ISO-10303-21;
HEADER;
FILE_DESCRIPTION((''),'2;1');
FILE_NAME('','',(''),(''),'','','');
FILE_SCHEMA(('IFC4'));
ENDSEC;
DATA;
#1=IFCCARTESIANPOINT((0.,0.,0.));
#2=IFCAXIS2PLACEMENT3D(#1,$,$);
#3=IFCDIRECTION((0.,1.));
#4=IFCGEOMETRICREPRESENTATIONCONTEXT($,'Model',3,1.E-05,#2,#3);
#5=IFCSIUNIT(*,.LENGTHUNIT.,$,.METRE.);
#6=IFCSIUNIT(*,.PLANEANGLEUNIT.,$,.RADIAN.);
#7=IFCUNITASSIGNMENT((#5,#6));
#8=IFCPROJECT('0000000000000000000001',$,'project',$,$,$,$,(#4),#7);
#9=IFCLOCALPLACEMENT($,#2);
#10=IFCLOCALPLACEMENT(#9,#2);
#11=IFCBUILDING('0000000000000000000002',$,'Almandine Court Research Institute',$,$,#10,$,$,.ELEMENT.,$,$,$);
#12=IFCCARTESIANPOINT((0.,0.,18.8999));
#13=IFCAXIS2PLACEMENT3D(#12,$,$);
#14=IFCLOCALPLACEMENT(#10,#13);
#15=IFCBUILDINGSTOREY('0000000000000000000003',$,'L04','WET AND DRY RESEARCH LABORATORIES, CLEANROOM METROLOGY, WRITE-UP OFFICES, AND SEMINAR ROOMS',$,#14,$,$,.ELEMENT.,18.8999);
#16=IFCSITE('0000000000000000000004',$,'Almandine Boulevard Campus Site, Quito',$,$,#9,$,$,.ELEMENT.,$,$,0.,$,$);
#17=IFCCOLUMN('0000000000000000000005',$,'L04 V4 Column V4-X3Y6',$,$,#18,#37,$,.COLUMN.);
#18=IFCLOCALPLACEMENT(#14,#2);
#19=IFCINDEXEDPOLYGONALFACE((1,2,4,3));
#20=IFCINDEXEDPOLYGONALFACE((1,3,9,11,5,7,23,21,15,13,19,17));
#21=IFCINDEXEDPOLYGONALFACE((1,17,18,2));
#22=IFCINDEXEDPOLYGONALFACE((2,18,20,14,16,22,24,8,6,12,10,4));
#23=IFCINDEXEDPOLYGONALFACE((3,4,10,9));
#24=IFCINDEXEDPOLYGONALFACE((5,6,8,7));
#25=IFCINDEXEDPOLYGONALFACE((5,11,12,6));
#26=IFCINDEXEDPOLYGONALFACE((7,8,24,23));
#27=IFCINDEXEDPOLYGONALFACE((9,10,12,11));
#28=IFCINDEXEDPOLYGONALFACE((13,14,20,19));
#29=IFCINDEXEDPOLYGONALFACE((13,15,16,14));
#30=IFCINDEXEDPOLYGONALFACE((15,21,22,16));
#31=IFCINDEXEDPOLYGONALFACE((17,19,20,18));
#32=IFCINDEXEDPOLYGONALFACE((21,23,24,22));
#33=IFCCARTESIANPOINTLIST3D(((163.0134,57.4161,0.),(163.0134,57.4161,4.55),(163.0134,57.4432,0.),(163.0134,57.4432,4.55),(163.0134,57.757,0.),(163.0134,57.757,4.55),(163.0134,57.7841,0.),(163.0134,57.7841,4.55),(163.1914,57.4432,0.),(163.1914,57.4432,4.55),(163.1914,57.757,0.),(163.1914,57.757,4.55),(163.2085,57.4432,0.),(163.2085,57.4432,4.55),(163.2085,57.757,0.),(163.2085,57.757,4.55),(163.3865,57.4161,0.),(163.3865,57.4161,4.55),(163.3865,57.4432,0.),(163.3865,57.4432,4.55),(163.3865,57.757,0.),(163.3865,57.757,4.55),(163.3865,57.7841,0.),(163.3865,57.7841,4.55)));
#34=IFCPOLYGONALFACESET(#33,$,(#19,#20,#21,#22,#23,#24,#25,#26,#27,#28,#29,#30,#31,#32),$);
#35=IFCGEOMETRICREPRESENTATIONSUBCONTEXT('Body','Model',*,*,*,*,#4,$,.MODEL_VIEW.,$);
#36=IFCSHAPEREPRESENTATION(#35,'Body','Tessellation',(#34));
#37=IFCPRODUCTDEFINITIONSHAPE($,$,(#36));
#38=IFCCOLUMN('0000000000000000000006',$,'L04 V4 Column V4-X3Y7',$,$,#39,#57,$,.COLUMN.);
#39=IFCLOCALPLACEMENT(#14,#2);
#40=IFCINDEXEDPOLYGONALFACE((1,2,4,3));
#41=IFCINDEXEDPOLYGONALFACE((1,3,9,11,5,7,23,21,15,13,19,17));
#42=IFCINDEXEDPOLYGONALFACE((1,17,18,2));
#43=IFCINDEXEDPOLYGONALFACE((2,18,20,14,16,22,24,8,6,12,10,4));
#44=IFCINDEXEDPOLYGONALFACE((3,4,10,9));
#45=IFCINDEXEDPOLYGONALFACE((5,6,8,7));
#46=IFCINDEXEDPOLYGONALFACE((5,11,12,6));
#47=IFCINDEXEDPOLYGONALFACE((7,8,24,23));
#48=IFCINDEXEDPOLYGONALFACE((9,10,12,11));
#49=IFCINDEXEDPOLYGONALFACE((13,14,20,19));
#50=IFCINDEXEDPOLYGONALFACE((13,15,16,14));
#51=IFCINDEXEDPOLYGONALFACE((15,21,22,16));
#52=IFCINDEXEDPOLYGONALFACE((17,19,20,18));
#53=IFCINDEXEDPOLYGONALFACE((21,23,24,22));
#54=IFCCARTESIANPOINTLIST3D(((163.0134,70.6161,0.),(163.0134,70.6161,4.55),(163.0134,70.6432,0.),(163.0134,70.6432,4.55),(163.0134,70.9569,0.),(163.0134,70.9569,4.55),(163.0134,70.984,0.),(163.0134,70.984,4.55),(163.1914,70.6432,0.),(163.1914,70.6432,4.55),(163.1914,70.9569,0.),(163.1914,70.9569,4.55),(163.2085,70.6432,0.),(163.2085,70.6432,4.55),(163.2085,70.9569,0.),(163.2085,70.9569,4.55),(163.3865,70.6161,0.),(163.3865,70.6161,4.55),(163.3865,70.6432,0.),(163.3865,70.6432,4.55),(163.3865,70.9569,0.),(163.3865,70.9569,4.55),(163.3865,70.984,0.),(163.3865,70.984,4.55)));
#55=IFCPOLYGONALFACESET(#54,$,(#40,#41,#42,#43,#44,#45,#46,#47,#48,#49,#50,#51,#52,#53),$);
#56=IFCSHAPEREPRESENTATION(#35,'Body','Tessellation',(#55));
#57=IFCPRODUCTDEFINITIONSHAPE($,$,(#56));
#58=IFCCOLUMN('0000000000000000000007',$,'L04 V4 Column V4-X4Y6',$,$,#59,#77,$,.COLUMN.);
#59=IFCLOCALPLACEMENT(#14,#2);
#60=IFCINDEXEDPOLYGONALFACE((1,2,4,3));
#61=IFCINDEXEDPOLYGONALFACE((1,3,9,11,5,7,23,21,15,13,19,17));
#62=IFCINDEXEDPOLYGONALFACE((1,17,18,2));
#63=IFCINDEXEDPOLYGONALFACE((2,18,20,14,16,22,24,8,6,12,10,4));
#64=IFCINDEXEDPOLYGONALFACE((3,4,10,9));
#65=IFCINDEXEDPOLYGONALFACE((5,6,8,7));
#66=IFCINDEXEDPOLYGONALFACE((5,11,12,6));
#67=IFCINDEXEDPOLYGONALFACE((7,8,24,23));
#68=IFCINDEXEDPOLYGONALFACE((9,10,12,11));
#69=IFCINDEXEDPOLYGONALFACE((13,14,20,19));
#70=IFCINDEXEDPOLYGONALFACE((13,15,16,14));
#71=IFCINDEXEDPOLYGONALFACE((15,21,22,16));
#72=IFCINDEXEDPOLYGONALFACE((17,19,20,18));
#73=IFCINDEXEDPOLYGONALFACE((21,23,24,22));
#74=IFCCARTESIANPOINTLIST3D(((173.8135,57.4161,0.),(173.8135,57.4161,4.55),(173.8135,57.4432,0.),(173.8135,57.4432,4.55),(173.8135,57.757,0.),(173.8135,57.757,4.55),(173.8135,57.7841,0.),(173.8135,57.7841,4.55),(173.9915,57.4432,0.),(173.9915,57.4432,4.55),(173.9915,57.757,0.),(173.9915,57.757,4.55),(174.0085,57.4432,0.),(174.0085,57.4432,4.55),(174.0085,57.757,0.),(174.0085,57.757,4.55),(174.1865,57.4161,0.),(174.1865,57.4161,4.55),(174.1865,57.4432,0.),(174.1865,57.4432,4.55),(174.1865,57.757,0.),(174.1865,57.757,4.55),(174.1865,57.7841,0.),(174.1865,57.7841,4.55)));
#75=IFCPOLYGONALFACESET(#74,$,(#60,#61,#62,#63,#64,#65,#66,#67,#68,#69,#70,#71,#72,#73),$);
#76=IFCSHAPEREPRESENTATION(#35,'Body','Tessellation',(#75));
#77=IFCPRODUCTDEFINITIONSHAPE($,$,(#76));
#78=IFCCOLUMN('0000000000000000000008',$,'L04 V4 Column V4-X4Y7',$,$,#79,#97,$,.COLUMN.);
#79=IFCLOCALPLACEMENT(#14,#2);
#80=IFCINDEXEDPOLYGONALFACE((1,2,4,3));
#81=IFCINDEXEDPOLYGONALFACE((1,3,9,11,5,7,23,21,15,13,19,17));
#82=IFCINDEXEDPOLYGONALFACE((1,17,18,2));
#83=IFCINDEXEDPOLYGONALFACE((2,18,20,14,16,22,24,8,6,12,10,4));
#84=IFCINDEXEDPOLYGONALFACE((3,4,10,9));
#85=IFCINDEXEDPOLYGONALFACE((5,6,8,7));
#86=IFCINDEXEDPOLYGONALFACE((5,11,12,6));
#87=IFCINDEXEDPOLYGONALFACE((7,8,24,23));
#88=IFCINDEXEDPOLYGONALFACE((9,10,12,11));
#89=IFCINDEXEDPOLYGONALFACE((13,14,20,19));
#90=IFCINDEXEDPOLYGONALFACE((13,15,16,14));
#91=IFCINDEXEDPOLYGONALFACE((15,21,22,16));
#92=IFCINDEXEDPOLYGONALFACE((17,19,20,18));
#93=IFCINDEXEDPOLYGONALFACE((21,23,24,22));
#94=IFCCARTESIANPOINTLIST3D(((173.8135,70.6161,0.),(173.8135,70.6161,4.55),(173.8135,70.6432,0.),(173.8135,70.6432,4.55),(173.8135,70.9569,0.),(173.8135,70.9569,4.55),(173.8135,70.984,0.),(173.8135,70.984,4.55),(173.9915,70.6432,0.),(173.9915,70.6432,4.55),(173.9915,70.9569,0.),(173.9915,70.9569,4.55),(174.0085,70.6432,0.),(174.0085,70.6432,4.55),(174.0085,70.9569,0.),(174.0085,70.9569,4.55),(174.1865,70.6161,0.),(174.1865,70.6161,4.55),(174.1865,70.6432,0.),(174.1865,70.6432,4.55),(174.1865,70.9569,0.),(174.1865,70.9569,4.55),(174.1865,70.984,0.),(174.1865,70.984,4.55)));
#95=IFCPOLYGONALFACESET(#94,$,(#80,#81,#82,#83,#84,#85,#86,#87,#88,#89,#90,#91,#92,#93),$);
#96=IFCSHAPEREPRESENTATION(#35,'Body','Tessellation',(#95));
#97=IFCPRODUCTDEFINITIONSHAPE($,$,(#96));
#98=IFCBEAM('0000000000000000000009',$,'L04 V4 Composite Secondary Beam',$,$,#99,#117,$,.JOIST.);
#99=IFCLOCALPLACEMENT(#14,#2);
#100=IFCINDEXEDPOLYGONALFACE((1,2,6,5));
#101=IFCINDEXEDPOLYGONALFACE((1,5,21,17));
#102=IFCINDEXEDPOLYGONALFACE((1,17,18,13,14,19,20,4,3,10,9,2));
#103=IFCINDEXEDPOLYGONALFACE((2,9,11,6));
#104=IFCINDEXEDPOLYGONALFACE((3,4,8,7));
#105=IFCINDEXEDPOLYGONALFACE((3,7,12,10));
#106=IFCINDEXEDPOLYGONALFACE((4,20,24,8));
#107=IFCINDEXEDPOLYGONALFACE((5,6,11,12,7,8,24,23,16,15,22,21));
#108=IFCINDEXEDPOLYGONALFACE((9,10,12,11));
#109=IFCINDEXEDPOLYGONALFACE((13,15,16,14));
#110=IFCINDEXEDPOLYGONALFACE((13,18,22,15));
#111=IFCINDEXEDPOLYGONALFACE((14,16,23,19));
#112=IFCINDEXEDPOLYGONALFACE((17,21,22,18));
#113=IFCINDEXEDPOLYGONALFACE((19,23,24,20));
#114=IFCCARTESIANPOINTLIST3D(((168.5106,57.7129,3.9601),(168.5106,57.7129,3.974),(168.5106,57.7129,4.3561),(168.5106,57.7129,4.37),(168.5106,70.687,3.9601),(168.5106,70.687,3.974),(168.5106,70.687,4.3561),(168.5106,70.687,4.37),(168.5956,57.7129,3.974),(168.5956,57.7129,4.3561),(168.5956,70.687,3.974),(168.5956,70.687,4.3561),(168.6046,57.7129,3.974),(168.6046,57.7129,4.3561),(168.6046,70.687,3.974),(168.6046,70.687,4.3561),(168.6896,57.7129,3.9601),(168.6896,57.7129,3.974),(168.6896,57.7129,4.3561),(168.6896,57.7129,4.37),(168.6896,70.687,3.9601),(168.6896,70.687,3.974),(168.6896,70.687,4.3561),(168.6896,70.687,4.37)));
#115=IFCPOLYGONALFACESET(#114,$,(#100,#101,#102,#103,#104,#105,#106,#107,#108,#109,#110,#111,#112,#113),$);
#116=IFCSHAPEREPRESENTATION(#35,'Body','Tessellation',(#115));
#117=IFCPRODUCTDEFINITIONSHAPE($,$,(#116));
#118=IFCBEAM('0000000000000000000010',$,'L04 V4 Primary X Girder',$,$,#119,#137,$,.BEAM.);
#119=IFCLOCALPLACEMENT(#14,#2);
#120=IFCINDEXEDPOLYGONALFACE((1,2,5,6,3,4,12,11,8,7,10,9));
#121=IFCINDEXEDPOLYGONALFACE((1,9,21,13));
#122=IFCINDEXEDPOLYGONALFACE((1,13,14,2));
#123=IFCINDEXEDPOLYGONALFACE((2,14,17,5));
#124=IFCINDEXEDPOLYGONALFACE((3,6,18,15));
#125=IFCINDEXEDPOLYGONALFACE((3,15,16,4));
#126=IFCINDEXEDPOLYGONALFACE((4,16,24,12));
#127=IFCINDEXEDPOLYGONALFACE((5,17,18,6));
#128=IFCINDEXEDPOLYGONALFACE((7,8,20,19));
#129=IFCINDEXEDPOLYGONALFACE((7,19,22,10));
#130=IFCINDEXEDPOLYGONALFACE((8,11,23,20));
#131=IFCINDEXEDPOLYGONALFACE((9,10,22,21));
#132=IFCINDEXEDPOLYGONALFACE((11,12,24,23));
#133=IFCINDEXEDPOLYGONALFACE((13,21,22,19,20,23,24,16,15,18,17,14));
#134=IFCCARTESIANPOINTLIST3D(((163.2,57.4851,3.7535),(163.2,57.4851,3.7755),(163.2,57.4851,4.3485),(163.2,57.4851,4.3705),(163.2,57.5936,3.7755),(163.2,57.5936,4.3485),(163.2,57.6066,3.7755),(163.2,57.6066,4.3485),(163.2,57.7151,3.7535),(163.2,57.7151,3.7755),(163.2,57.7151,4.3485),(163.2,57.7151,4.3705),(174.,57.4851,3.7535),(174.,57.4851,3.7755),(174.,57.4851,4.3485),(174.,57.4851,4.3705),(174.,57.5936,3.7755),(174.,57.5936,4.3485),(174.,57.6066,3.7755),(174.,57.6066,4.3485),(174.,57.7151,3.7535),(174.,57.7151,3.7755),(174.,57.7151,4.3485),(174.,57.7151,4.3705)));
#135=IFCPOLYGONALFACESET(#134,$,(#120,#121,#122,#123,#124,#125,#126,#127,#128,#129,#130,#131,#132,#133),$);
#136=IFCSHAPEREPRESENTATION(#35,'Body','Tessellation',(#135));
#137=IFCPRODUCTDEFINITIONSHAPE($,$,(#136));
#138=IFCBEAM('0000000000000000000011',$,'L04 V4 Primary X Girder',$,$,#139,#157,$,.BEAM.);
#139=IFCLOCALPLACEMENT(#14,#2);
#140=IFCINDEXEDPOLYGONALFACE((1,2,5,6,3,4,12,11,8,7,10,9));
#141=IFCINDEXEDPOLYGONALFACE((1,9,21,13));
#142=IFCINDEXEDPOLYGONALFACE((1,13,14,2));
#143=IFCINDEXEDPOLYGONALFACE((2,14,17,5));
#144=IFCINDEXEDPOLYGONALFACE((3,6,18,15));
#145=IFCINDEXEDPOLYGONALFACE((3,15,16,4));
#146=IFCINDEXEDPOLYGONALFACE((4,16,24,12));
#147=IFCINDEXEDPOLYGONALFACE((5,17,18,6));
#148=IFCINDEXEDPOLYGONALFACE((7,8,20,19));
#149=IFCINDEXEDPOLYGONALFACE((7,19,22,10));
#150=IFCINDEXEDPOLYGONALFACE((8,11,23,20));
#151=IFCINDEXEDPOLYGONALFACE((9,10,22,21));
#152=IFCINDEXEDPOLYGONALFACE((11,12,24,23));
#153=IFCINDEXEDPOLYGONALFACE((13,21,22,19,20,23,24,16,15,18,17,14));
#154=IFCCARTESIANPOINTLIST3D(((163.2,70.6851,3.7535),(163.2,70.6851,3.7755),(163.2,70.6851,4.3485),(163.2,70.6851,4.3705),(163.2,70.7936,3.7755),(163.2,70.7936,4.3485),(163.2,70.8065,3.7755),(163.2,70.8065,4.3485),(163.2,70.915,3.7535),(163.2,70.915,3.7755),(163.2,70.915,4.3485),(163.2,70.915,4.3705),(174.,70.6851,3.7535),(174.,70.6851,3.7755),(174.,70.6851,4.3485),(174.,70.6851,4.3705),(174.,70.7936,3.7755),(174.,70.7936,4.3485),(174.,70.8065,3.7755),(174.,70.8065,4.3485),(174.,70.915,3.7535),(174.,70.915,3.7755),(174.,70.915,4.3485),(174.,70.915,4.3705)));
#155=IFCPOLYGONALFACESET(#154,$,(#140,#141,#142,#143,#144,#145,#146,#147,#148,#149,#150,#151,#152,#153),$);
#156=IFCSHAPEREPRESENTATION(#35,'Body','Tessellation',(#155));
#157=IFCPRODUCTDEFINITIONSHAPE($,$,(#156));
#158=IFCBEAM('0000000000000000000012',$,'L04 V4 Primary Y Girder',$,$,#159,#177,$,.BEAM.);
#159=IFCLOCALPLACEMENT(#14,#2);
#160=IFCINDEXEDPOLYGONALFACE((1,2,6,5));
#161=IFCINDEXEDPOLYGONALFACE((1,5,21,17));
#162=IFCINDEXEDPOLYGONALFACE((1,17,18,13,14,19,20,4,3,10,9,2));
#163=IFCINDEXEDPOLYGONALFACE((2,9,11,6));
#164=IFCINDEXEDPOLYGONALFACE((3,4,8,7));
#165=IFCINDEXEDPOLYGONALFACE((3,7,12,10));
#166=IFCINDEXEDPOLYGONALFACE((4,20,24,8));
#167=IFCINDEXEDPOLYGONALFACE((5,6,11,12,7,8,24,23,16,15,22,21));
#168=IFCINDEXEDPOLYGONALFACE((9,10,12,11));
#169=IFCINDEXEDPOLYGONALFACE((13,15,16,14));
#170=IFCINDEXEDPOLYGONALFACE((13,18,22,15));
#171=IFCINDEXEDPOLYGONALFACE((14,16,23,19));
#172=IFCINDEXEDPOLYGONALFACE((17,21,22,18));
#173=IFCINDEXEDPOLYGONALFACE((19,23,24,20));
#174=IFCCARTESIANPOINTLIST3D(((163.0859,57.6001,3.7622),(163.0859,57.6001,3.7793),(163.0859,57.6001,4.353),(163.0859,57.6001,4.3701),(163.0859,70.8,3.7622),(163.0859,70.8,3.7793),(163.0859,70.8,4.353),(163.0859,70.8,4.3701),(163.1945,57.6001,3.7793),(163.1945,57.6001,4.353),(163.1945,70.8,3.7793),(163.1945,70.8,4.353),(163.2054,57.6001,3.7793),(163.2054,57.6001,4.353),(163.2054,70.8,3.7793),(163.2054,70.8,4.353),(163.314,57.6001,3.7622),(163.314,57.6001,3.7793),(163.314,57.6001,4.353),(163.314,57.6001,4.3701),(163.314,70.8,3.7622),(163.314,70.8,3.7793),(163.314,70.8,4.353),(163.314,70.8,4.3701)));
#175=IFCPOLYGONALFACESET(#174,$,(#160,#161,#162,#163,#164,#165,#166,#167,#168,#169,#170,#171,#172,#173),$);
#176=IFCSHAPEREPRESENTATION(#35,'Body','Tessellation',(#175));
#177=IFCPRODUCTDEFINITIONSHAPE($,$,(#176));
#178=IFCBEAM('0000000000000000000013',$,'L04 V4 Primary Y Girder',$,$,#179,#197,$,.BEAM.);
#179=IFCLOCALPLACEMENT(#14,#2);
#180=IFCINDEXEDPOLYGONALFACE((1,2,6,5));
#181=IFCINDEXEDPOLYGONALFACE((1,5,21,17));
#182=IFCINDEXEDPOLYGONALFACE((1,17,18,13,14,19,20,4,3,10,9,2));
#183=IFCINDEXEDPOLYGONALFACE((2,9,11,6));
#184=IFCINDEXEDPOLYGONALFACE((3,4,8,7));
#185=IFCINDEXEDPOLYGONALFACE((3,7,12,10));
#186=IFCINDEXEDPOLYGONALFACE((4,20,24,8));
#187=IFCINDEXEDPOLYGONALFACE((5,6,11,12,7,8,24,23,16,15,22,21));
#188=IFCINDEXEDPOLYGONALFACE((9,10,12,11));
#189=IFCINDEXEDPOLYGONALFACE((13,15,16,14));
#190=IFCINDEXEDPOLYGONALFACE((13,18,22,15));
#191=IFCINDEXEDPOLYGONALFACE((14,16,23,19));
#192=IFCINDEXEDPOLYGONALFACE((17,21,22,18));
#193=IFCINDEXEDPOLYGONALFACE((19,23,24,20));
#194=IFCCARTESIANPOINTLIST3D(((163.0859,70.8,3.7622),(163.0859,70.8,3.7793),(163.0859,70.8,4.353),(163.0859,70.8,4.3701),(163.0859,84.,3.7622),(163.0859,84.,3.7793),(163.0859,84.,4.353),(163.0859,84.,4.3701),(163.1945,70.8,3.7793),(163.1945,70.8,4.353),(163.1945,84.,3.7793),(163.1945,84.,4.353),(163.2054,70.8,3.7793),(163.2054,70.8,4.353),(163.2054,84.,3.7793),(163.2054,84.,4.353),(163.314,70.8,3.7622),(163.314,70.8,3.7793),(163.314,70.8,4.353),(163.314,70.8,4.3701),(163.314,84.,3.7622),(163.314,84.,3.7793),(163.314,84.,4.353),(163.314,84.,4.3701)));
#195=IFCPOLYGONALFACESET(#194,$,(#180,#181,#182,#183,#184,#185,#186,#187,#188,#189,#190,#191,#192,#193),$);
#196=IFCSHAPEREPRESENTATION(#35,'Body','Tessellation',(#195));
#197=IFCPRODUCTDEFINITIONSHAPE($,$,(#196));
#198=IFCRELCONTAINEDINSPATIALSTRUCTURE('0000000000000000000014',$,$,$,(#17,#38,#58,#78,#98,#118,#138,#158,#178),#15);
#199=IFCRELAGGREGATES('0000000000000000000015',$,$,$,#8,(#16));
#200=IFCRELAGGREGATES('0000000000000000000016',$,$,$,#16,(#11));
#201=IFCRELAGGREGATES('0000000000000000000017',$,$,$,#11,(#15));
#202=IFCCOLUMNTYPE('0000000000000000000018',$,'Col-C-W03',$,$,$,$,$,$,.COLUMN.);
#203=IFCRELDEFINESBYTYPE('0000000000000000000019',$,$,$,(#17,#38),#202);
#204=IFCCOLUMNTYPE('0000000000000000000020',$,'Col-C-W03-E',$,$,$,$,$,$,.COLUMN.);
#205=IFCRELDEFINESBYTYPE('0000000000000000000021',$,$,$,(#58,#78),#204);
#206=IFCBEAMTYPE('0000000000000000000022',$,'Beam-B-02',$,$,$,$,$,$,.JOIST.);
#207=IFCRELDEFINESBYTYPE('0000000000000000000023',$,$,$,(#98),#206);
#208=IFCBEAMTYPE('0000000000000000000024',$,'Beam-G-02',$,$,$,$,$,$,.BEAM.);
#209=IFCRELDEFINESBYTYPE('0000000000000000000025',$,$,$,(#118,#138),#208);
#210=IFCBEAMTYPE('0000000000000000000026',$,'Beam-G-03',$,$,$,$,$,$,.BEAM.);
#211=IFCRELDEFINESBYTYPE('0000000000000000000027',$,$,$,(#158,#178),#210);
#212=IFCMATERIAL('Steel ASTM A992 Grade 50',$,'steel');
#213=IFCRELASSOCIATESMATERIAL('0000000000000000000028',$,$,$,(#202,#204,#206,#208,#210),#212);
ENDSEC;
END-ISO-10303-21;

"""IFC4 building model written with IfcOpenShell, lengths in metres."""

from ifc_helpers import new_model, si_unit, direction, frame, origin, origin_2d, place, context, subcontext, project, spatial, i_section, extrude, material, material_profile, profile_set, type_object, element, save


model = new_model("IFC4")

# Units and contexts
model_context = context("Model", 3, precision=1e-05, world=origin(), true_north=direction((0.0, 1.0)))
body_context = subcontext(model_context, "Body", "Model", "MODEL_VIEW")
ifc_project = project(units=[si_unit("LENGTHUNIT", "METRE"), si_unit("PLANEANGLEUNIT", "RADIAN")], contexts=[model_context])

# Site, building, storey
site_placement = place(None, origin())
site = spatial("IfcSite", under=ifc_project, at=site_placement, Name="Almandine Boulevard Campus Site, Quito", CompositionType="ELEMENT", RefElevation=0.0)
building_placement = place(site_placement, origin())
building = spatial("IfcBuilding", under=site, at=building_placement, Name="Almandine Court Research Institute", CompositionType="ELEMENT")
storey_placement = place(building_placement, frame((0.0, 0.0, 18.8999)))
storey = spatial("IfcBuildingStorey", under=building, at=storey_placement, Name="L04", Description="WET AND DRY RESEARCH LABORATORIES, CLEANROOM METROLOGY, WRITE-UP OFFICES, AND SEMINAR ROOMS", CompositionType="ELEMENT", Elevation=18.8999)

# Columns
ifc_material_1 = material(Name="Steel ASTM A992 Grade 50", Category="steel")
ifc_material_profile_1 = material_profile(ifc_material_1, i_section(OverallWidth=0.373, OverallDepth=0.3679, WebThickness=0.0171, FlangeThickness=0.0271, at=origin_2d()), Name="W360x179")
ifc_profile_set_1 = profile_set([ifc_material_profile_1], Name="Steel ASTM A992 Grade 50")
column_type_1 = type_object("IfcColumnType", Name="Col-C-W03", PredefinedType="COLUMN", material=ifc_profile_set_1)
for number, where, z_axis, x_axis, name in (
    (1, (163.2, 57.6001, 0.0), (0.0, 0.0, 1.0), (1.0, 0.0, 0.0), "L04 V4 Column V4-X3Y6"),
    (2, (163.2, 70.8, 0.0), (0.0, 0.0, 1.0), (1.0, 0.0, 0.0), "L04 V4 Column V4-X3Y7"),
):
    element("IfcColumn", number, at=place(storey_placement, frame(where, z_axis=z_axis, x_axis=x_axis)), inside=storey, type_object=column_type_1, Name=name, PredefinedType="COLUMN", context=body_context, shape_type="SweptSolid", body=[
        extrude(i_section(OverallWidth=0.373, OverallDepth=0.3679, WebThickness=0.0171, FlangeThickness=0.0271, at=origin_2d()), origin(), (0.0, 0.0, 1.0), 4.55),
    ])
ifc_material_profile_2 = material_profile(ifc_material_1, i_section(OverallWidth=0.373, OverallDepth=0.3679, WebThickness=0.0171, FlangeThickness=0.0271, at=origin_2d()), Name="W360x179")
ifc_profile_set_2 = profile_set([ifc_material_profile_2], Name="Steel ASTM A992 Grade 50")
column_type_2 = type_object("IfcColumnType", Name="Col-C-W03-E", PredefinedType="COLUMN", material=ifc_profile_set_2)
for number, where, z_axis, x_axis, name in (
    (3, (174.0, 57.6001, 0.0), (0.0, 0.0, 1.0), (1.0, 0.0, 0.0), "L04 V4 Column V4-X4Y6"),
    (4, (174.0, 70.8, 0.0), (0.0, 0.0, 1.0), (1.0, 0.0, 0.0), "L04 V4 Column V4-X4Y7"),
):
    element("IfcColumn", number, at=place(storey_placement, frame(where, z_axis=z_axis, x_axis=x_axis)), inside=storey, type_object=column_type_2, Name=name, PredefinedType="COLUMN", context=body_context, shape_type="SweptSolid", body=[
        extrude(i_section(OverallWidth=0.373, OverallDepth=0.3679, WebThickness=0.0171, FlangeThickness=0.0271, at=origin_2d()), origin(), (0.0, 0.0, 1.0), 4.55),
    ])

# Beams
ifc_material_profile_3 = material_profile(ifc_material_1, i_section(OverallWidth=0.179, OverallDepth=0.4099, WebThickness=0.009, FlangeThickness=0.0139, at=origin_2d()), Name="W410x67")
ifc_profile_set_3 = profile_set([ifc_material_profile_3], Name="Steel ASTM A992 Grade 50")
beam_type_1 = type_object("IfcBeamType", Name="Beam-B-02", PredefinedType="JOIST", material=ifc_profile_set_3)
beam_1_placement = place(storey_placement, frame((168.6001, 57.7129, 4.165), z_axis=(0.0, 1.0, 0.0), x_axis=(-1.0, 0.0, 0.0)))
element("IfcBeam", 5, at=beam_1_placement, inside=storey, type_object=beam_type_1, Name="L04 V4 Composite Secondary Beam", PredefinedType="JOIST", context=body_context, shape_type="SweptSolid", body=[
    extrude(i_section(OverallWidth=0.179, OverallDepth=0.4099, WebThickness=0.009, FlangeThickness=0.0139, at=origin_2d()), origin(), (0.0, 0.0, 1.0), 12.9741),
])
ifc_material_profile_4 = material_profile(ifc_material_1, i_section(OverallWidth=0.23, OverallDepth=0.6169, WebThickness=0.0129, FlangeThickness=0.022, at=origin_2d()), Name="W610x140")
ifc_profile_set_4 = profile_set([ifc_material_profile_4], Name="Steel ASTM A992 Grade 50")
beam_type_2 = type_object("IfcBeamType", Name="Beam-G-02", PredefinedType="BEAM", material=ifc_profile_set_4)
for number, where, z_axis, x_axis, name in (
    (6, (163.2, 57.6001, 4.062), (1.0, 0.0, 0.0), (0.0, 1.0, 0.0), "L04 V4 Primary X Girder"),
    (7, (163.2, 70.8, 4.062), (1.0, 0.0, 0.0), (0.0, 1.0, 0.0), "L04 V4 Primary X Girder"),
):
    element("IfcBeam", number, at=place(storey_placement, frame(where, z_axis=z_axis, x_axis=x_axis)), inside=storey, type_object=beam_type_2, Name=name, PredefinedType="BEAM", context=body_context, shape_type="SweptSolid", body=[
        extrude(i_section(OverallWidth=0.23, OverallDepth=0.6169, WebThickness=0.0129, FlangeThickness=0.022, at=origin_2d()), origin(), (0.0, 0.0, 1.0), 10.8),
    ])
ifc_material_profile_5 = material_profile(ifc_material_1, i_section(OverallWidth=0.228, OverallDepth=0.6079, WebThickness=0.011, FlangeThickness=0.0171, at=origin_2d()), Name="W610x113")
ifc_profile_set_5 = profile_set([ifc_material_profile_5], Name="Steel ASTM A992 Grade 50")
beam_type_3 = type_object("IfcBeamType", Name="Beam-G-03", PredefinedType="BEAM", material=ifc_profile_set_5)
for number, where, z_axis, x_axis, name in (
    (8, (163.2, 57.6001, 4.0662), (0.0, 1.0, 0.0), (-1.0, 0.0, 0.0), "L04 V4 Primary Y Girder"),
    (9, (163.2, 70.8, 4.0662), (0.0, 1.0, 0.0), (-1.0, 0.0, 0.0), "L04 V4 Primary Y Girder"),
):
    element("IfcBeam", number, at=place(storey_placement, frame(where, z_axis=z_axis, x_axis=x_axis)), inside=storey, type_object=beam_type_3, Name=name, PredefinedType="BEAM", context=body_context, shape_type="SweptSolid", body=[
        extrude(i_section(OverallWidth=0.228, OverallDepth=0.6079, WebThickness=0.011, FlangeThickness=0.0171, at=origin_2d()), origin(), (0.0, 0.0, 1.0), 13.2),
    ])

save(model, "model.ifc")
